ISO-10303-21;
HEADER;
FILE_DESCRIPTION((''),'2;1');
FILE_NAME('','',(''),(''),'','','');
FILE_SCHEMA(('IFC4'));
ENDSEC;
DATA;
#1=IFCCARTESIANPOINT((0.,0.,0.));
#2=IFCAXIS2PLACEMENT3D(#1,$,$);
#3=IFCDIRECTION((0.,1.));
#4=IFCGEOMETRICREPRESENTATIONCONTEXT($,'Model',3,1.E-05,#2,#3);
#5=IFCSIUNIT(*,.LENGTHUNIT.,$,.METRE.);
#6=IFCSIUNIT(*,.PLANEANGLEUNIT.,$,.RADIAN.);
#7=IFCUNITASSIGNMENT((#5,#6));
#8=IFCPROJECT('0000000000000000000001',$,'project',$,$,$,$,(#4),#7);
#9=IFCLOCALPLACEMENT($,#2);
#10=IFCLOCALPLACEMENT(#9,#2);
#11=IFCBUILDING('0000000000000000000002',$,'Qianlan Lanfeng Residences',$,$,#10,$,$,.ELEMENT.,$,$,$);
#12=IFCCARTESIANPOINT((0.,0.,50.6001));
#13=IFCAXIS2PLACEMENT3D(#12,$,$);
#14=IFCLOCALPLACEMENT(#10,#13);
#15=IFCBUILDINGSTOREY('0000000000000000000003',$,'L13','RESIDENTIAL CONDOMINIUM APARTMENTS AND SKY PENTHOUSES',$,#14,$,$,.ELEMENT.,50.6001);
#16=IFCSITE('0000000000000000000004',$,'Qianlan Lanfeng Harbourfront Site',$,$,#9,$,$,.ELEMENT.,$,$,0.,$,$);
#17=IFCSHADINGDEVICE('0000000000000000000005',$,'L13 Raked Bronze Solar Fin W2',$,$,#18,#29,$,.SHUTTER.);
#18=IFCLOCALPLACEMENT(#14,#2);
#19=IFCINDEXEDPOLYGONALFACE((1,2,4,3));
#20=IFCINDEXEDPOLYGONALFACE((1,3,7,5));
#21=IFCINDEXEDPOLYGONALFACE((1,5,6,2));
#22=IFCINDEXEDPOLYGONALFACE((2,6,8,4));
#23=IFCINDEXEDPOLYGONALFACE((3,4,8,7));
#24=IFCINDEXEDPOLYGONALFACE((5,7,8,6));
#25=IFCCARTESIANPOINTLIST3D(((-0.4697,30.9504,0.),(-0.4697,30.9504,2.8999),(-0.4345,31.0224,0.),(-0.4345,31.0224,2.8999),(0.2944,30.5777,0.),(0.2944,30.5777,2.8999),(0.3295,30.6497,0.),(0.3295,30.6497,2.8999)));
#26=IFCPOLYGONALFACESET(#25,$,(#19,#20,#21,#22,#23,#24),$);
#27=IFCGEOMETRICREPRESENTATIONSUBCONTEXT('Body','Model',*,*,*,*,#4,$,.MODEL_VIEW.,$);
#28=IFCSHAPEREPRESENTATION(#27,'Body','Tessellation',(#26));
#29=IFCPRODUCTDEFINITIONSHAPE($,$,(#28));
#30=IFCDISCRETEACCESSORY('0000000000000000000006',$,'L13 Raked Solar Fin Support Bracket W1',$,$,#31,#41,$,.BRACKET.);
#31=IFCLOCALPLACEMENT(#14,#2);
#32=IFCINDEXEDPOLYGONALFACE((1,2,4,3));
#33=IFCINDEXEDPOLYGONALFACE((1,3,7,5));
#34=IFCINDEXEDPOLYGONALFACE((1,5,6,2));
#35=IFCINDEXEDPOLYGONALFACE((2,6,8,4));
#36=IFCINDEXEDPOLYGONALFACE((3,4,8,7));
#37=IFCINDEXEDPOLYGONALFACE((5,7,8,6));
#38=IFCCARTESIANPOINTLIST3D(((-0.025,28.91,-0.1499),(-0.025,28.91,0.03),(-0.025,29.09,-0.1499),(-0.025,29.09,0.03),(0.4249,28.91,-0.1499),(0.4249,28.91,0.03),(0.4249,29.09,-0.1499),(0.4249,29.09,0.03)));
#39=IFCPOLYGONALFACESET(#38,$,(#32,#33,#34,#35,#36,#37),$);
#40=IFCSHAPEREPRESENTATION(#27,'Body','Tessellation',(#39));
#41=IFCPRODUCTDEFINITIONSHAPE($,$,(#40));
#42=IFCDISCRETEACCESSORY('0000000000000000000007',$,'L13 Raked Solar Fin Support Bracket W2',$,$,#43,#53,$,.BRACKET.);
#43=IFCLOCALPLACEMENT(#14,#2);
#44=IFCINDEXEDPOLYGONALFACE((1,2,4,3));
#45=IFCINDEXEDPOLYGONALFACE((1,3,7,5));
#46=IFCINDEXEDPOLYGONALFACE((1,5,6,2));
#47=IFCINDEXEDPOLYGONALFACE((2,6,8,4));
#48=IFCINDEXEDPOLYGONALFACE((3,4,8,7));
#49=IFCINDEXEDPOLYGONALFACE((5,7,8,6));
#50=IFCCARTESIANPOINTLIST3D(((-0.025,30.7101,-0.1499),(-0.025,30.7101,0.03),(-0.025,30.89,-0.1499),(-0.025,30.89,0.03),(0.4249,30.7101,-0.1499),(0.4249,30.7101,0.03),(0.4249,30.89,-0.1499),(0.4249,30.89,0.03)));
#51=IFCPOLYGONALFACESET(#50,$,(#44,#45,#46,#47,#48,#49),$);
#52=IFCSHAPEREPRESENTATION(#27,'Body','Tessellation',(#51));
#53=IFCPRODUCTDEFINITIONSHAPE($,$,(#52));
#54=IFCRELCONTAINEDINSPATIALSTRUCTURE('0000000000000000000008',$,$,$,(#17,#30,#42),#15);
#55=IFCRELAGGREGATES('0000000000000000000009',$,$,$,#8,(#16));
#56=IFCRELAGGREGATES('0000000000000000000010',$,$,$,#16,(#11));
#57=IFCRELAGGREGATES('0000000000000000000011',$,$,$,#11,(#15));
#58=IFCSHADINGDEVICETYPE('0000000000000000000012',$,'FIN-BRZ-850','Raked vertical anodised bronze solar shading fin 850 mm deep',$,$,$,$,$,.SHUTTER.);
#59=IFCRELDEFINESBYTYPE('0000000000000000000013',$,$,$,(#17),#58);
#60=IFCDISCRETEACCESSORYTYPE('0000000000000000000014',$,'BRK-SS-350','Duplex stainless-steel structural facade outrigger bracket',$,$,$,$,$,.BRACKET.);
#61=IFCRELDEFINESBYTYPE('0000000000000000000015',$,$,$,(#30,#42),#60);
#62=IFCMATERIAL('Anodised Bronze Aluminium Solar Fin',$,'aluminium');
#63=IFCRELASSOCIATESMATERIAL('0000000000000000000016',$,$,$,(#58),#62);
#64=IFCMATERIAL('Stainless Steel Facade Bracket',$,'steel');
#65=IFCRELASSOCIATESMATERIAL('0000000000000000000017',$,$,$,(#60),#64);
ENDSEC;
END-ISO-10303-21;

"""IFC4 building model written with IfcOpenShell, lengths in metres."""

from ifc_helpers import new_model, si_unit, direction, frame, origin, origin_2d, place, context, subcontext, project, spatial, rectangle, extrude, source, transform, mapped, material, type_object, element, save


model = new_model("IFC4")

# Units and contexts
model_context = context("Model", 3, precision=1e-05, world=origin(), true_north=direction((0.0, 1.0)))
body_context = subcontext(model_context, "Body", "Model", "MODEL_VIEW")
ifc_project = project(units=[si_unit("LENGTHUNIT", "METRE"), si_unit("PLANEANGLEUNIT", "RADIAN")], contexts=[model_context])

# Site, building, storey
site_placement = place(None, origin())
site = spatial("IfcSite", under=ifc_project, at=site_placement, Name="Qianlan Lanfeng Harbourfront Site", CompositionType="ELEMENT", RefElevation=0.0)
building_placement = place(site_placement, origin())
building = spatial("IfcBuilding", under=site, at=building_placement, Name="Qianlan Lanfeng Residences", CompositionType="ELEMENT")
storey_placement = place(building_placement, frame((0.0, 0.0, 50.6001)))
storey = spatial("IfcBuildingStorey", under=building, at=storey_placement, Name="L13", Description="RESIDENTIAL CONDOMINIUM APARTMENTS AND SKY PENTHOUSES", CompositionType="ELEMENT", Elevation=50.6001)

# Shading device
ifc_material_1 = material(Name="Anodised Bronze Aluminium Solar Fin", Category="aluminium")
shading_device_type = type_object("IfcShadingDeviceType", Name="FIN-BRZ-850", Description="Raked vertical anodised bronze solar shading fin 850 mm deep", PredefinedType="SHUTTER", material=ifc_material_1)
shared_shape_1 = source(origin(), body_context, "Body", "SweptSolid", [
    extrude(rectangle(XDim=0.8501, YDim=0.0801, at=origin_2d()), origin(), (0.0, 0.0, 1.0), 2.8999),
])
for number, where, z_axis, x_axis, name in (
    (1, (-0.0701, 30.8, 0.0), (0.0, 0.0, 1.0), (0.898794, -0.438371, 0.0), "L13 Raked Bronze Solar Fin W2"),
):
    element("IfcShadingDevice", number, at=place(storey_placement, frame(where, z_axis=z_axis, x_axis=x_axis)), inside=storey, type_object=shading_device_type, Name=name, PredefinedType="SHUTTER", context=body_context, shape_type="MappedRepresentation", body=[
        mapped(shared_shape_1, transform((0.0, 0.0, 0.0), scale=1.0)),
    ])

# Discrete accessories
ifc_material_2 = material(Name="Stainless Steel Facade Bracket", Category="steel")
discrete_accessory_type = type_object("IfcDiscreteAccessoryType", Name="BRK-SS-350", Description="Duplex stainless-steel structural facade outrigger bracket", PredefinedType="BRACKET", material=ifc_material_2)
shared_shape_2 = source(origin(), body_context, "Body", "SweptSolid", [
    extrude(rectangle(XDim=0.45, YDim=0.1799, at=origin_2d()), origin(), (0.0, 0.0, 1.0), 0.1799),
])
for number, where, z_axis, x_axis, name in (
    (2, (0.2, 29.0, -0.1499), (0.0, 0.0, 1.0), (1.0, 0.0, 0.0), "L13 Raked Solar Fin Support Bracket W1"),
    (3, (0.2, 30.8, -0.1499), (0.0, 0.0, 1.0), (1.0, 0.0, 0.0), "L13 Raked Solar Fin Support Bracket W2"),
):
    element("IfcDiscreteAccessory", number, at=place(storey_placement, frame(where, z_axis=z_axis, x_axis=x_axis)), inside=storey, type_object=discrete_accessory_type, Name=name, PredefinedType="BRACKET", context=body_context, shape_type="MappedRepresentation", body=[
        mapped(shared_shape_2, transform((0.0, 0.0, 0.0), scale=1.0)),
    ])

save(model, "model.ifc")
